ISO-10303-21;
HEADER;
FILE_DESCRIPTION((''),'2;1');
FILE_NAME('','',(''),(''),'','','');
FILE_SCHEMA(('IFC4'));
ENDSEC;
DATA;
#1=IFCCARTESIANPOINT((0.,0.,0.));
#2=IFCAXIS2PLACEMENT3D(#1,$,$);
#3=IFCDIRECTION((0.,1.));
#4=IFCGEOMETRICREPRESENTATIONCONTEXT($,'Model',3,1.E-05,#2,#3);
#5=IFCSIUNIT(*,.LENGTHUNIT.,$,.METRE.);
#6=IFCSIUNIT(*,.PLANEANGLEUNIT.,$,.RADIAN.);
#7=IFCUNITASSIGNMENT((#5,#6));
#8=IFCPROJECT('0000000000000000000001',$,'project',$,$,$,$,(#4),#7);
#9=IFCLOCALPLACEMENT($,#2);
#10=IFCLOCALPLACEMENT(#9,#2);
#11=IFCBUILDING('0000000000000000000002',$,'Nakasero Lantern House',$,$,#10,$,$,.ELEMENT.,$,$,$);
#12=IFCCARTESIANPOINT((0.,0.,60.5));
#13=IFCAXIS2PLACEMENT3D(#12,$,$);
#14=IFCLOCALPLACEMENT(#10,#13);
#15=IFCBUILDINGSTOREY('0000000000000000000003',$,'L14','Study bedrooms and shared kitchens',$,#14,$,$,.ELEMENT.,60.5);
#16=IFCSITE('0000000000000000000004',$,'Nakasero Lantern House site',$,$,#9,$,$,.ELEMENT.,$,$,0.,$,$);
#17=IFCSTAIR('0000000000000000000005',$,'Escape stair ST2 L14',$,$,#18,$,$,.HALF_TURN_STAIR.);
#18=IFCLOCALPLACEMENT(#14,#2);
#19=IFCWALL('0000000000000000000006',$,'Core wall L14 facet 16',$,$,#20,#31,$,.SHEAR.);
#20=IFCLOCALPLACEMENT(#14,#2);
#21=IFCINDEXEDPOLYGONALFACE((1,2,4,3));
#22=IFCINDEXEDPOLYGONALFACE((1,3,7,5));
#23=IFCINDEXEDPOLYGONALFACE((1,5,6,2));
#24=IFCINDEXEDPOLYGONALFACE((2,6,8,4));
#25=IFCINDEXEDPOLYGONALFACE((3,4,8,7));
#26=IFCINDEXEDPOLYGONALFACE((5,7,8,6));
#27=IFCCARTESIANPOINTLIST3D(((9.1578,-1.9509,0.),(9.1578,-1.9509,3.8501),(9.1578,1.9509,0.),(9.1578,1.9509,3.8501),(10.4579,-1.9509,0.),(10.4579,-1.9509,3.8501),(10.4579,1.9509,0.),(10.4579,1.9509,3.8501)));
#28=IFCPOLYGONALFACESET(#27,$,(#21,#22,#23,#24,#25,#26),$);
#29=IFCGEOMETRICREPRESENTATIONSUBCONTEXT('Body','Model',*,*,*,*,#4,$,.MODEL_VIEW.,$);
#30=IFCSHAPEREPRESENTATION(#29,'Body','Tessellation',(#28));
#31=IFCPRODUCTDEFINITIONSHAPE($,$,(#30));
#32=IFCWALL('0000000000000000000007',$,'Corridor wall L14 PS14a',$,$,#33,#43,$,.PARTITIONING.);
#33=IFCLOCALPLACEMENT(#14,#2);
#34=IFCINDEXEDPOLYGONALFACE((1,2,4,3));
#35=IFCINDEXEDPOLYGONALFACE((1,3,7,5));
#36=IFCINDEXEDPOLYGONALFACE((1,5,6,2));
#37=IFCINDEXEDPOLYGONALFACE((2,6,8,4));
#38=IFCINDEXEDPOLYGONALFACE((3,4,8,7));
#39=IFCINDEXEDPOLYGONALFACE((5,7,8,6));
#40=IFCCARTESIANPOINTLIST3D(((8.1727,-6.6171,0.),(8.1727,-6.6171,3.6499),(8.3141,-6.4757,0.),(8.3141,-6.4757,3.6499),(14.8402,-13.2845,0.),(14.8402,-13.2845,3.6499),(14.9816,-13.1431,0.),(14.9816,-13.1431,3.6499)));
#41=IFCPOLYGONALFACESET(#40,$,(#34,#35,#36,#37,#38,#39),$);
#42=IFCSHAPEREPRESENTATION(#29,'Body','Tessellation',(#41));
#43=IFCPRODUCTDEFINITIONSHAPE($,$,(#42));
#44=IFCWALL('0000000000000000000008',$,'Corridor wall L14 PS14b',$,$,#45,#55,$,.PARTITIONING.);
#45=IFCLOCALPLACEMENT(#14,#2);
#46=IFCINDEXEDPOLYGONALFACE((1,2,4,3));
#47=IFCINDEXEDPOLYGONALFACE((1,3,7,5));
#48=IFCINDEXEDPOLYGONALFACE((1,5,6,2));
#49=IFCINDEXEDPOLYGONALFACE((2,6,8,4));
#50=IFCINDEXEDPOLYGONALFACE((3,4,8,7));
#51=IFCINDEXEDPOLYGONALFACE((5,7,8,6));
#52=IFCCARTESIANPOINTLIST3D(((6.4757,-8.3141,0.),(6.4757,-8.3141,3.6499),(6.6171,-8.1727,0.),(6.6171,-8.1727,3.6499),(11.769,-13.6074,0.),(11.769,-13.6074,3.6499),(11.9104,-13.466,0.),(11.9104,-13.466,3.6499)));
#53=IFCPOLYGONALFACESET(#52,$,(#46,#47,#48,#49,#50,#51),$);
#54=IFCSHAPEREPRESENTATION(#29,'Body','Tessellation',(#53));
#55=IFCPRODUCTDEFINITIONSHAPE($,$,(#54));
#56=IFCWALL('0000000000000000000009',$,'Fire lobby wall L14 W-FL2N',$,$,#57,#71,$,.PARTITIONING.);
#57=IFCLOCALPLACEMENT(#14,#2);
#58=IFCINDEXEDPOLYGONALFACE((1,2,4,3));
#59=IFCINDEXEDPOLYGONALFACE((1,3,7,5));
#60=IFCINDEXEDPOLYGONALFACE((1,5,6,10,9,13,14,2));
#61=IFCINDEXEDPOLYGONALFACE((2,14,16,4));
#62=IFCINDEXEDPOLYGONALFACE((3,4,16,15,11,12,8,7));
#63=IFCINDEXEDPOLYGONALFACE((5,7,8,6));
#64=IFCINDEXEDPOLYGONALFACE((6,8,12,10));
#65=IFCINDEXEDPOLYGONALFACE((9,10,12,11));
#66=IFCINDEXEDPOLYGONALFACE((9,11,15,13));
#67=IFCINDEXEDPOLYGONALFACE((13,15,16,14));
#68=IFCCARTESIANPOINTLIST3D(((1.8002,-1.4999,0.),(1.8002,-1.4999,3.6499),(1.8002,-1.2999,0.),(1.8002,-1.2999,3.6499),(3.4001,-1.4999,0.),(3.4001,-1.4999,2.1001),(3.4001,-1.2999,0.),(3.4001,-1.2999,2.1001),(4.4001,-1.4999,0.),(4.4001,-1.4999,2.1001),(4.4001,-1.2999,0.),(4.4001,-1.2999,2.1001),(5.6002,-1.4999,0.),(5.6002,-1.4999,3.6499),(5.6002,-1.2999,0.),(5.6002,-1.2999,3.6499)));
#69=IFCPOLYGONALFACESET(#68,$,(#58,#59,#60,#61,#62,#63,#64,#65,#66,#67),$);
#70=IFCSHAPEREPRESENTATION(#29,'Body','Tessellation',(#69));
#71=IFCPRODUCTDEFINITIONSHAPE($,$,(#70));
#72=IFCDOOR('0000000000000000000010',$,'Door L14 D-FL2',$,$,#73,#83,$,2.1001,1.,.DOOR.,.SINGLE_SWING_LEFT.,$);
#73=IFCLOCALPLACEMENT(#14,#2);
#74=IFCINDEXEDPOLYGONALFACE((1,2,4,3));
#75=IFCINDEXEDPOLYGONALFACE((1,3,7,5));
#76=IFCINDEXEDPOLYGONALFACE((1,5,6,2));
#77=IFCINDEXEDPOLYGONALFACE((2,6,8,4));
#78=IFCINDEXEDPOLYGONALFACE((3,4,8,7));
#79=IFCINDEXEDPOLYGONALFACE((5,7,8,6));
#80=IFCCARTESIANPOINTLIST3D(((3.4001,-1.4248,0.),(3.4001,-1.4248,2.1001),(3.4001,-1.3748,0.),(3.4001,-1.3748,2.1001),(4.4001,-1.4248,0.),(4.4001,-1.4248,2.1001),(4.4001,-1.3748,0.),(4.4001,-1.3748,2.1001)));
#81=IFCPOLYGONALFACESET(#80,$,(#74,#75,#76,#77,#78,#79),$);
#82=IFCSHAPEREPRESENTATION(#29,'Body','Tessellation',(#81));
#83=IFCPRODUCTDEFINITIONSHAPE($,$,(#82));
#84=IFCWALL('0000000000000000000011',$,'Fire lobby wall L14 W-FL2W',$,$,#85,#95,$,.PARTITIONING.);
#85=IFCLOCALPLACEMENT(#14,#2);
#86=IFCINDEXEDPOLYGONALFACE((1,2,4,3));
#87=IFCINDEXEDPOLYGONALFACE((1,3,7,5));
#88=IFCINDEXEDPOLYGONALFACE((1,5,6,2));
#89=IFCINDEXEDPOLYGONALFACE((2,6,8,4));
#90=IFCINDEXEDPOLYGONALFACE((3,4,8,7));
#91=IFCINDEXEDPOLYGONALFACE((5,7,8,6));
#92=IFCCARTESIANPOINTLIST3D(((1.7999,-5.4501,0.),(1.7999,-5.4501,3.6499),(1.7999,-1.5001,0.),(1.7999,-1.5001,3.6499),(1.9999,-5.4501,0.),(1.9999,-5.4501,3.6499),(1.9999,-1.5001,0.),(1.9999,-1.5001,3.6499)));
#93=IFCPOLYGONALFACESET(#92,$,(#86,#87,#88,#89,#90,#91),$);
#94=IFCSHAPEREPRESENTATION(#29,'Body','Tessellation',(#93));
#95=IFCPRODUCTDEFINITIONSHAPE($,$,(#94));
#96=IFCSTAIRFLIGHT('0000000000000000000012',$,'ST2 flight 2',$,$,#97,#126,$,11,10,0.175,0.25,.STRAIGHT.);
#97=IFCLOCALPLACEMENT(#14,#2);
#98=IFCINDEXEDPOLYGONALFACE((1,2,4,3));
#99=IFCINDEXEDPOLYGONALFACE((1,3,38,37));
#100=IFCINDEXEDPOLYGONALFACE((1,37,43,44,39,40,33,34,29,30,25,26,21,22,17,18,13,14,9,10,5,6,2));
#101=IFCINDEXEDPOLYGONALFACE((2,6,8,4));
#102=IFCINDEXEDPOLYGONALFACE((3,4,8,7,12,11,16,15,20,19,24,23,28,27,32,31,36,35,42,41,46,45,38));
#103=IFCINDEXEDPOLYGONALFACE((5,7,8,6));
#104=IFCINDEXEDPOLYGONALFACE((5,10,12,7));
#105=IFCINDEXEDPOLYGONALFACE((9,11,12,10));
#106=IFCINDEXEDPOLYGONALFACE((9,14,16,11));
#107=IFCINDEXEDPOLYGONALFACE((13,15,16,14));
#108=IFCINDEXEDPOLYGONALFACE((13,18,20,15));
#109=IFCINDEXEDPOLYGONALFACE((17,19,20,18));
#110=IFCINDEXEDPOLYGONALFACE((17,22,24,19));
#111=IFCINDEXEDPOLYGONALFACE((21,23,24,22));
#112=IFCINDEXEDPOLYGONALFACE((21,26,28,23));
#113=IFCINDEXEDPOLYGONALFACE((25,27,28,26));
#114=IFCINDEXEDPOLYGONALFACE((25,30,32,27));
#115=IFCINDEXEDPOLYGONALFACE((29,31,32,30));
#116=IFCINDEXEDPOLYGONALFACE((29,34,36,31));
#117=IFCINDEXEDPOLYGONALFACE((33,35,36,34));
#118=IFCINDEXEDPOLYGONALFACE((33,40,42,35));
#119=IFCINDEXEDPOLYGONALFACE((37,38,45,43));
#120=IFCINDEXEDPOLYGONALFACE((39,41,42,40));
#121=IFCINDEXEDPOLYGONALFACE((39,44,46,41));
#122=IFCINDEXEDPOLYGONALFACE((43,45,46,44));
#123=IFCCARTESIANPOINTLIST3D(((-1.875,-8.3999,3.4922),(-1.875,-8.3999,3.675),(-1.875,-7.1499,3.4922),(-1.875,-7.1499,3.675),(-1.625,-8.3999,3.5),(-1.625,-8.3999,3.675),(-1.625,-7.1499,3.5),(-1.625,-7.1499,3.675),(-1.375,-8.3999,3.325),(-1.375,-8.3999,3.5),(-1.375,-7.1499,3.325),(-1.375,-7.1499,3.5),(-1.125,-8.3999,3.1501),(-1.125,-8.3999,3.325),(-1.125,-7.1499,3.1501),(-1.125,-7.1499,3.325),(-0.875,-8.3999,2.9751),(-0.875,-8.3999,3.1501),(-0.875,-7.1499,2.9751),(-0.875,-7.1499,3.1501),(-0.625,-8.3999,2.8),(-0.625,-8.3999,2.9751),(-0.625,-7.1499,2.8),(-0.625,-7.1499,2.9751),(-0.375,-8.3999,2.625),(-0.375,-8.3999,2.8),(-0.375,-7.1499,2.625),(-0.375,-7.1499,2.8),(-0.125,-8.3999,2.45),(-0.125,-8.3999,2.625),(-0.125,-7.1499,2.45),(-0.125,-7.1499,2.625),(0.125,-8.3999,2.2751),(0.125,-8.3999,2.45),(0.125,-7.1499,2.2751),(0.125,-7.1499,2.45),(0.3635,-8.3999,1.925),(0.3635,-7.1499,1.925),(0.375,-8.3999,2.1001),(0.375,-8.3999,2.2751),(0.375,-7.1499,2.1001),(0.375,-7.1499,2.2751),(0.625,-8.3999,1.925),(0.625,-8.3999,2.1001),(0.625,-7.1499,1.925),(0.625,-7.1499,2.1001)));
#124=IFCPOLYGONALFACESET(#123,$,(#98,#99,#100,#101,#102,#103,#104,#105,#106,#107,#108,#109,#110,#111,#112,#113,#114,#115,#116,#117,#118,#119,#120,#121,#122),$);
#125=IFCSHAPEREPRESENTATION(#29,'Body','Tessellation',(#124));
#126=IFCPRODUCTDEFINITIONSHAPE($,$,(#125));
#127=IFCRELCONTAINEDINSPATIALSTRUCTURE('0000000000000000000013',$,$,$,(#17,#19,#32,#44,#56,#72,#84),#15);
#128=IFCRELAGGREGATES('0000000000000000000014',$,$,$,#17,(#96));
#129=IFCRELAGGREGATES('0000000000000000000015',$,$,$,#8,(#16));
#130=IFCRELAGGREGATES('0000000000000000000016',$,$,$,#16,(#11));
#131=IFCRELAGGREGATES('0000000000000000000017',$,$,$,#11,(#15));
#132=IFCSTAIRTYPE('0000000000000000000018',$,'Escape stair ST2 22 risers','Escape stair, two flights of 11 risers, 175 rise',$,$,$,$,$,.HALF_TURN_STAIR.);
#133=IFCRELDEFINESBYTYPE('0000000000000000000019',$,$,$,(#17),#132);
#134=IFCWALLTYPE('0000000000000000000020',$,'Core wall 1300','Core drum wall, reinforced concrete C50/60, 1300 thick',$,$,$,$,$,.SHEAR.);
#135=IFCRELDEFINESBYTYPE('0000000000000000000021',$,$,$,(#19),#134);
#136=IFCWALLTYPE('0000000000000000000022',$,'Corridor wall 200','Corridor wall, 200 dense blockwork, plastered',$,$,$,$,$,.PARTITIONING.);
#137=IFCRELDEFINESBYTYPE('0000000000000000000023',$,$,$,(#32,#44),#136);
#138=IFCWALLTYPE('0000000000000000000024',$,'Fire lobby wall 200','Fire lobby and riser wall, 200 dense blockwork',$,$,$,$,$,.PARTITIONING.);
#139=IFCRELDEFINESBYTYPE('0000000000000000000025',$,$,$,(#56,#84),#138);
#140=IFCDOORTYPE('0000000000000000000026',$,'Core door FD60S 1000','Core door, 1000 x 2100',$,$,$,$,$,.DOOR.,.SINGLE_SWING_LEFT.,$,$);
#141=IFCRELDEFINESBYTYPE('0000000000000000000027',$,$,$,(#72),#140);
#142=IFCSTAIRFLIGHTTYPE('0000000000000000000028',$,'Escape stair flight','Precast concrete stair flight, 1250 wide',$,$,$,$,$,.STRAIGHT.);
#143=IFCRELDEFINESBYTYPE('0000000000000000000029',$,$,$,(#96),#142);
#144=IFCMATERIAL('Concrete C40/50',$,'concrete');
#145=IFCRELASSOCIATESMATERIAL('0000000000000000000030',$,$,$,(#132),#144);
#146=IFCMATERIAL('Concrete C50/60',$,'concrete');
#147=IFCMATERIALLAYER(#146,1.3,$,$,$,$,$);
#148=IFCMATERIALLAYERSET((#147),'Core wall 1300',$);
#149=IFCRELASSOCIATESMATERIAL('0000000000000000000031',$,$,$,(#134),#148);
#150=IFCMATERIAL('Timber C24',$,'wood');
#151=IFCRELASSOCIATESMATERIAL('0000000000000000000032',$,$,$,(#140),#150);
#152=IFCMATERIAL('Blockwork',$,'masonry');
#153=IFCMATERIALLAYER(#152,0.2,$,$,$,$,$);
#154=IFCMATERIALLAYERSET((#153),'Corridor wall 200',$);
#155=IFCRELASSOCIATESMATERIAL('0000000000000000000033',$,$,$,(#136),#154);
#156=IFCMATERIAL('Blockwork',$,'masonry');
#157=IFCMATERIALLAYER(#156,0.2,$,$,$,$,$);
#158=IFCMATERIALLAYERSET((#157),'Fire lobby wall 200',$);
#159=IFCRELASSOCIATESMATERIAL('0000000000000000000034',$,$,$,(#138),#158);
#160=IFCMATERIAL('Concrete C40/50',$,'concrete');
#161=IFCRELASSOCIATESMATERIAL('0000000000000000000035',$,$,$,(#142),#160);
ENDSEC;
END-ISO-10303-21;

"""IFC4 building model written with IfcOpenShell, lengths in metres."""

from ifc_helpers import new_model, si_unit, direction, frame, frame_2d, origin, place, context, subcontext, project, spatial, polyline, rectangle, outline, extrude, material, layer, layer_set, type_object, element, fill, aggregate, save


model = new_model("IFC4")

# Units and contexts
model_context = context("Model", 3, precision=1e-05, world=origin(), true_north=direction((0.0, 1.0)))
body_context = subcontext(model_context, "Body", "Model", "MODEL_VIEW")
ifc_project = project(units=[si_unit("LENGTHUNIT", "METRE"), si_unit("PLANEANGLEUNIT", "RADIAN")], contexts=[model_context])

# Site, building, storey
site_placement = place(None, origin())
site = spatial("IfcSite", under=ifc_project, at=site_placement, Name="Nakasero Lantern House site", CompositionType="ELEMENT", RefElevation=0.0)
building_placement = place(site_placement, origin())
building = spatial("IfcBuilding", under=site, at=building_placement, Name="Nakasero Lantern House", CompositionType="ELEMENT")
storey_placement = place(building_placement, frame((0.0, 0.0, 60.5)))
storey = spatial("IfcBuildingStorey", under=building, at=storey_placement, Name="L14", Description="Study bedrooms and shared kitchens", CompositionType="ELEMENT", Elevation=60.5)

# Stair
ifc_material_1 = material(Name="Concrete C40/50", Category="concrete")
stair_type_1 = type_object("IfcStairType", Name="Escape stair ST2 22 risers", Description="Escape stair, two flights of 11 risers, 175 rise", PredefinedType="HALF_TURN_STAIR", material=ifc_material_1)
stair_1_placement = place(storey_placement, origin())
stair_1 = element("IfcStair", 1, at=stair_1_placement, inside=storey, type_object=stair_type_1, Name="Escape stair ST2 L14", PredefinedType="HALF_TURN_STAIR")

# Shared definitions
ifc_material_2 = material(Name="Concrete C50/60", Category="concrete")
ifc_layer_1 = layer(ifc_material_2, 1.3)
ifc_layer_set_1 = layer_set([ifc_layer_1], Name="Core wall 1300")
wall_type_1 = type_object("IfcWallType", Name="Core wall 1300", Description="Core drum wall, reinforced concrete C50/60, 1300 thick", PredefinedType="SHEAR", material=ifc_layer_set_1)

# Shared definitions
ifc_material_3 = material(Name="Timber C24", Category="wood")
door_type_1 = type_object("IfcDoorType", Name="Core door FD60S 1000", Description="Core door, 1000 x 2100", OperationType="SINGLE_SWING_LEFT", PredefinedType="DOOR", material=ifc_material_3)

# Walls
for number, where, z_axis, x_axis, name in (
    (2, (9.8079, -1.9509, 0.0), (0.0, 0.0, 1.0), (0.0, 1.0, 0.0), "Core wall L14 facet 16"),
):
    element("IfcWall", number, at=place(storey_placement, frame(where, z_axis=z_axis, x_axis=x_axis)), inside=storey, type_object=wall_type_1, Name=name, PredefinedType="SHEAR", context=body_context, shape_type="SweptSolid", body=[
        extrude(rectangle(XDim=3.9019, YDim=1.3, at=frame_2d((1.9509, 0.0))), origin(), (0.0, 0.0, 1.0), 3.8501),
    ])
ifc_material_4 = material(Name="Blockwork", Category="masonry")
ifc_layer_2 = layer(ifc_material_4, 0.2)
ifc_layer_set_2 = layer_set([ifc_layer_2], Name="Corridor wall 200")
wall_type_2 = type_object("IfcWallType", Name="Corridor wall 200", Description="Corridor wall, 200 dense blockwork, plastered", PredefinedType="PARTITIONING", material=ifc_layer_set_2)
wall_1_placement = place(storey_placement, frame((8.2434, -6.5464, 0.0), z_axis=(0.0, 0.0, 1.0), x_axis=(0.707107, -0.707107, 0.0)))
element("IfcWall", 3, at=wall_1_placement, inside=storey, type_object=wall_type_2, Name="Corridor wall L14 PS14a", PredefinedType="PARTITIONING", context=body_context, shape_type="SweptSolid", body=[
    extrude(rectangle(XDim=9.4292, YDim=0.2, at=frame_2d((4.7146, 0.0))), origin(), (0.0, 0.0, 1.0), 3.6499),
])
wall_2_placement = place(storey_placement, frame((6.5464, -8.2434, 0.0), z_axis=(0.0, 0.0, 1.0), x_axis=(0.707107, -0.707107, 0.0)))
element("IfcWall", 4, at=wall_2_placement, inside=storey, type_object=wall_type_2, Name="Corridor wall L14 PS14b", PredefinedType="PARTITIONING", context=body_context, shape_type="SweptSolid", body=[
    extrude(rectangle(XDim=7.4858, YDim=0.2, at=frame_2d((3.7429, 0.0))), origin(), (0.0, 0.0, 1.0), 3.6499),
])

# Wall, opening, door
ifc_material_5 = material(Name="Blockwork", Category="masonry")
ifc_layer_3 = layer(ifc_material_5, 0.2)
ifc_layer_set_3 = layer_set([ifc_layer_3], Name="Fire lobby wall 200")
wall_type_3 = type_object("IfcWallType", Name="Fire lobby wall 200", Description="Fire lobby and riser wall, 200 dense blockwork", PredefinedType="PARTITIONING", material=ifc_layer_set_3)
wall_3_placement = place(storey_placement, frame((5.6001, -1.3999, 0.0), z_axis=(0.0, 0.0, 1.0), x_axis=(-1.0, 0.0, 0.0)))
wall_3 = element("IfcWall", 5, at=wall_3_placement, inside=storey, type_object=wall_type_3, Name="Fire lobby wall L14 W-FL2N", PredefinedType="PARTITIONING", context=body_context, shape_type="SweptSolid", body=[
    extrude(rectangle(XDim=3.8, YDim=0.2, at=frame_2d((1.8999, 0.0))), origin(), (0.0, 0.0, 1.0), 3.6499),
])
opening_1_placement = place(wall_3_placement, frame((1.2, 0.0, 0.0)))
opening_1 = element("IfcOpeningElement", 6, at=opening_1_placement, cuts=wall_3, PredefinedType="OPENING", context=body_context, shape_type="SweptSolid", body=[
    extrude(rectangle(XDim=1.0, YDim=2.1001, at=frame_2d((0.5, 1.05))), frame((0.0, 0.1199, 0.0), z_axis=(0.0, -1.0, 0.0), x_axis=(1.0, 0.0, 0.0)), (0.0, 0.0, 1.0), 0.24),
])
door_1_placement = place(opening_1_placement, origin())
door_1 = element("IfcDoor", 7, at=door_1_placement, inside=storey, type_object=door_type_1, Name="Door L14 D-FL2", OperationType="SINGLE_SWING_LEFT", OverallHeight=2.1001, OverallWidth=1.0, PredefinedType="DOOR", context=body_context, shape_type="SweptSolid", body=[
    extrude(rectangle(XDim=1.0, YDim=2.1001, at=frame_2d((0.5, 1.05))), frame((0.0, 0.0249, 0.0), z_axis=(0.0, -1.0, 0.0), x_axis=(1.0, 0.0, 0.0)), (0.0, 0.0, 1.0), 0.05),
])
fill(opening_1, door_1)

# Wall
wall_4_placement = place(storey_placement, frame((1.8999, -1.5, 0.0), z_axis=(0.0, 0.0, 1.0), x_axis=(0.0, -1.0, 0.0)))
element("IfcWall", 8, at=wall_4_placement, inside=storey, type_object=wall_type_3, Name="Fire lobby wall L14 W-FL2W", PredefinedType="PARTITIONING", context=body_context, shape_type="SweptSolid", body=[
    extrude(rectangle(XDim=3.95, YDim=0.2, at=frame_2d((1.9751, 0.0))), origin(), (0.0, 0.0, 1.0), 3.6499),
])

# Stair flight
ifc_material_6 = material(Name="Concrete C40/50", Category="concrete")
stair_flight_type = type_object("IfcStairFlightType", Name="Escape stair flight", Description="Precast concrete stair flight, 1250 wide", PredefinedType="STRAIGHT", material=ifc_material_6)
stair_flight_placement = place(storey_placement, frame((0.625, -7.7749, 1.925), z_axis=(0.0, 0.0, 1.0), x_axis=(-1.0, 0.0, 0.0)))
stair_flight = element("IfcStairFlight", 9, at=stair_flight_placement, type_object=stair_flight_type, Name="ST2 flight 2", NumberOfRisers=11, NumberOfTreads=10, PredefinedType="STRAIGHT", RiserHeight=0.175, TreadLength=0.25, context=body_context, shape_type="SweptSolid", body=[
    extrude(outline(polyline([(0.0, 0.0), (0.0, 0.175), (0.25, 0.175), (0.25, 0.3501), (0.5, 0.3501), (0.5, 0.5249), (0.75, 0.5249), (0.75, 0.7), (1.0, 0.7), (1.0, 0.875), (1.25, 0.875), (1.25, 1.05), (1.5, 1.05), (1.5, 1.2251), (1.75, 1.2251), (1.75, 1.3999), (2.0, 1.3999), (2.0, 1.575), (2.25, 1.575), (2.25, 1.75), (2.5, 1.75), (2.5, 1.925), (2.5, 1.5671), (0.2615, 0.0), (0.0, 0.0)])), frame((0.0, 0.625, 0.0), z_axis=(0.0, -1.0, 0.0), x_axis=(1.0, 0.0, 0.0)), (0.0, 0.0, 1.0), 1.25),
])
aggregate(stair_1, [stair_flight])

save(model, "model.ifc")
